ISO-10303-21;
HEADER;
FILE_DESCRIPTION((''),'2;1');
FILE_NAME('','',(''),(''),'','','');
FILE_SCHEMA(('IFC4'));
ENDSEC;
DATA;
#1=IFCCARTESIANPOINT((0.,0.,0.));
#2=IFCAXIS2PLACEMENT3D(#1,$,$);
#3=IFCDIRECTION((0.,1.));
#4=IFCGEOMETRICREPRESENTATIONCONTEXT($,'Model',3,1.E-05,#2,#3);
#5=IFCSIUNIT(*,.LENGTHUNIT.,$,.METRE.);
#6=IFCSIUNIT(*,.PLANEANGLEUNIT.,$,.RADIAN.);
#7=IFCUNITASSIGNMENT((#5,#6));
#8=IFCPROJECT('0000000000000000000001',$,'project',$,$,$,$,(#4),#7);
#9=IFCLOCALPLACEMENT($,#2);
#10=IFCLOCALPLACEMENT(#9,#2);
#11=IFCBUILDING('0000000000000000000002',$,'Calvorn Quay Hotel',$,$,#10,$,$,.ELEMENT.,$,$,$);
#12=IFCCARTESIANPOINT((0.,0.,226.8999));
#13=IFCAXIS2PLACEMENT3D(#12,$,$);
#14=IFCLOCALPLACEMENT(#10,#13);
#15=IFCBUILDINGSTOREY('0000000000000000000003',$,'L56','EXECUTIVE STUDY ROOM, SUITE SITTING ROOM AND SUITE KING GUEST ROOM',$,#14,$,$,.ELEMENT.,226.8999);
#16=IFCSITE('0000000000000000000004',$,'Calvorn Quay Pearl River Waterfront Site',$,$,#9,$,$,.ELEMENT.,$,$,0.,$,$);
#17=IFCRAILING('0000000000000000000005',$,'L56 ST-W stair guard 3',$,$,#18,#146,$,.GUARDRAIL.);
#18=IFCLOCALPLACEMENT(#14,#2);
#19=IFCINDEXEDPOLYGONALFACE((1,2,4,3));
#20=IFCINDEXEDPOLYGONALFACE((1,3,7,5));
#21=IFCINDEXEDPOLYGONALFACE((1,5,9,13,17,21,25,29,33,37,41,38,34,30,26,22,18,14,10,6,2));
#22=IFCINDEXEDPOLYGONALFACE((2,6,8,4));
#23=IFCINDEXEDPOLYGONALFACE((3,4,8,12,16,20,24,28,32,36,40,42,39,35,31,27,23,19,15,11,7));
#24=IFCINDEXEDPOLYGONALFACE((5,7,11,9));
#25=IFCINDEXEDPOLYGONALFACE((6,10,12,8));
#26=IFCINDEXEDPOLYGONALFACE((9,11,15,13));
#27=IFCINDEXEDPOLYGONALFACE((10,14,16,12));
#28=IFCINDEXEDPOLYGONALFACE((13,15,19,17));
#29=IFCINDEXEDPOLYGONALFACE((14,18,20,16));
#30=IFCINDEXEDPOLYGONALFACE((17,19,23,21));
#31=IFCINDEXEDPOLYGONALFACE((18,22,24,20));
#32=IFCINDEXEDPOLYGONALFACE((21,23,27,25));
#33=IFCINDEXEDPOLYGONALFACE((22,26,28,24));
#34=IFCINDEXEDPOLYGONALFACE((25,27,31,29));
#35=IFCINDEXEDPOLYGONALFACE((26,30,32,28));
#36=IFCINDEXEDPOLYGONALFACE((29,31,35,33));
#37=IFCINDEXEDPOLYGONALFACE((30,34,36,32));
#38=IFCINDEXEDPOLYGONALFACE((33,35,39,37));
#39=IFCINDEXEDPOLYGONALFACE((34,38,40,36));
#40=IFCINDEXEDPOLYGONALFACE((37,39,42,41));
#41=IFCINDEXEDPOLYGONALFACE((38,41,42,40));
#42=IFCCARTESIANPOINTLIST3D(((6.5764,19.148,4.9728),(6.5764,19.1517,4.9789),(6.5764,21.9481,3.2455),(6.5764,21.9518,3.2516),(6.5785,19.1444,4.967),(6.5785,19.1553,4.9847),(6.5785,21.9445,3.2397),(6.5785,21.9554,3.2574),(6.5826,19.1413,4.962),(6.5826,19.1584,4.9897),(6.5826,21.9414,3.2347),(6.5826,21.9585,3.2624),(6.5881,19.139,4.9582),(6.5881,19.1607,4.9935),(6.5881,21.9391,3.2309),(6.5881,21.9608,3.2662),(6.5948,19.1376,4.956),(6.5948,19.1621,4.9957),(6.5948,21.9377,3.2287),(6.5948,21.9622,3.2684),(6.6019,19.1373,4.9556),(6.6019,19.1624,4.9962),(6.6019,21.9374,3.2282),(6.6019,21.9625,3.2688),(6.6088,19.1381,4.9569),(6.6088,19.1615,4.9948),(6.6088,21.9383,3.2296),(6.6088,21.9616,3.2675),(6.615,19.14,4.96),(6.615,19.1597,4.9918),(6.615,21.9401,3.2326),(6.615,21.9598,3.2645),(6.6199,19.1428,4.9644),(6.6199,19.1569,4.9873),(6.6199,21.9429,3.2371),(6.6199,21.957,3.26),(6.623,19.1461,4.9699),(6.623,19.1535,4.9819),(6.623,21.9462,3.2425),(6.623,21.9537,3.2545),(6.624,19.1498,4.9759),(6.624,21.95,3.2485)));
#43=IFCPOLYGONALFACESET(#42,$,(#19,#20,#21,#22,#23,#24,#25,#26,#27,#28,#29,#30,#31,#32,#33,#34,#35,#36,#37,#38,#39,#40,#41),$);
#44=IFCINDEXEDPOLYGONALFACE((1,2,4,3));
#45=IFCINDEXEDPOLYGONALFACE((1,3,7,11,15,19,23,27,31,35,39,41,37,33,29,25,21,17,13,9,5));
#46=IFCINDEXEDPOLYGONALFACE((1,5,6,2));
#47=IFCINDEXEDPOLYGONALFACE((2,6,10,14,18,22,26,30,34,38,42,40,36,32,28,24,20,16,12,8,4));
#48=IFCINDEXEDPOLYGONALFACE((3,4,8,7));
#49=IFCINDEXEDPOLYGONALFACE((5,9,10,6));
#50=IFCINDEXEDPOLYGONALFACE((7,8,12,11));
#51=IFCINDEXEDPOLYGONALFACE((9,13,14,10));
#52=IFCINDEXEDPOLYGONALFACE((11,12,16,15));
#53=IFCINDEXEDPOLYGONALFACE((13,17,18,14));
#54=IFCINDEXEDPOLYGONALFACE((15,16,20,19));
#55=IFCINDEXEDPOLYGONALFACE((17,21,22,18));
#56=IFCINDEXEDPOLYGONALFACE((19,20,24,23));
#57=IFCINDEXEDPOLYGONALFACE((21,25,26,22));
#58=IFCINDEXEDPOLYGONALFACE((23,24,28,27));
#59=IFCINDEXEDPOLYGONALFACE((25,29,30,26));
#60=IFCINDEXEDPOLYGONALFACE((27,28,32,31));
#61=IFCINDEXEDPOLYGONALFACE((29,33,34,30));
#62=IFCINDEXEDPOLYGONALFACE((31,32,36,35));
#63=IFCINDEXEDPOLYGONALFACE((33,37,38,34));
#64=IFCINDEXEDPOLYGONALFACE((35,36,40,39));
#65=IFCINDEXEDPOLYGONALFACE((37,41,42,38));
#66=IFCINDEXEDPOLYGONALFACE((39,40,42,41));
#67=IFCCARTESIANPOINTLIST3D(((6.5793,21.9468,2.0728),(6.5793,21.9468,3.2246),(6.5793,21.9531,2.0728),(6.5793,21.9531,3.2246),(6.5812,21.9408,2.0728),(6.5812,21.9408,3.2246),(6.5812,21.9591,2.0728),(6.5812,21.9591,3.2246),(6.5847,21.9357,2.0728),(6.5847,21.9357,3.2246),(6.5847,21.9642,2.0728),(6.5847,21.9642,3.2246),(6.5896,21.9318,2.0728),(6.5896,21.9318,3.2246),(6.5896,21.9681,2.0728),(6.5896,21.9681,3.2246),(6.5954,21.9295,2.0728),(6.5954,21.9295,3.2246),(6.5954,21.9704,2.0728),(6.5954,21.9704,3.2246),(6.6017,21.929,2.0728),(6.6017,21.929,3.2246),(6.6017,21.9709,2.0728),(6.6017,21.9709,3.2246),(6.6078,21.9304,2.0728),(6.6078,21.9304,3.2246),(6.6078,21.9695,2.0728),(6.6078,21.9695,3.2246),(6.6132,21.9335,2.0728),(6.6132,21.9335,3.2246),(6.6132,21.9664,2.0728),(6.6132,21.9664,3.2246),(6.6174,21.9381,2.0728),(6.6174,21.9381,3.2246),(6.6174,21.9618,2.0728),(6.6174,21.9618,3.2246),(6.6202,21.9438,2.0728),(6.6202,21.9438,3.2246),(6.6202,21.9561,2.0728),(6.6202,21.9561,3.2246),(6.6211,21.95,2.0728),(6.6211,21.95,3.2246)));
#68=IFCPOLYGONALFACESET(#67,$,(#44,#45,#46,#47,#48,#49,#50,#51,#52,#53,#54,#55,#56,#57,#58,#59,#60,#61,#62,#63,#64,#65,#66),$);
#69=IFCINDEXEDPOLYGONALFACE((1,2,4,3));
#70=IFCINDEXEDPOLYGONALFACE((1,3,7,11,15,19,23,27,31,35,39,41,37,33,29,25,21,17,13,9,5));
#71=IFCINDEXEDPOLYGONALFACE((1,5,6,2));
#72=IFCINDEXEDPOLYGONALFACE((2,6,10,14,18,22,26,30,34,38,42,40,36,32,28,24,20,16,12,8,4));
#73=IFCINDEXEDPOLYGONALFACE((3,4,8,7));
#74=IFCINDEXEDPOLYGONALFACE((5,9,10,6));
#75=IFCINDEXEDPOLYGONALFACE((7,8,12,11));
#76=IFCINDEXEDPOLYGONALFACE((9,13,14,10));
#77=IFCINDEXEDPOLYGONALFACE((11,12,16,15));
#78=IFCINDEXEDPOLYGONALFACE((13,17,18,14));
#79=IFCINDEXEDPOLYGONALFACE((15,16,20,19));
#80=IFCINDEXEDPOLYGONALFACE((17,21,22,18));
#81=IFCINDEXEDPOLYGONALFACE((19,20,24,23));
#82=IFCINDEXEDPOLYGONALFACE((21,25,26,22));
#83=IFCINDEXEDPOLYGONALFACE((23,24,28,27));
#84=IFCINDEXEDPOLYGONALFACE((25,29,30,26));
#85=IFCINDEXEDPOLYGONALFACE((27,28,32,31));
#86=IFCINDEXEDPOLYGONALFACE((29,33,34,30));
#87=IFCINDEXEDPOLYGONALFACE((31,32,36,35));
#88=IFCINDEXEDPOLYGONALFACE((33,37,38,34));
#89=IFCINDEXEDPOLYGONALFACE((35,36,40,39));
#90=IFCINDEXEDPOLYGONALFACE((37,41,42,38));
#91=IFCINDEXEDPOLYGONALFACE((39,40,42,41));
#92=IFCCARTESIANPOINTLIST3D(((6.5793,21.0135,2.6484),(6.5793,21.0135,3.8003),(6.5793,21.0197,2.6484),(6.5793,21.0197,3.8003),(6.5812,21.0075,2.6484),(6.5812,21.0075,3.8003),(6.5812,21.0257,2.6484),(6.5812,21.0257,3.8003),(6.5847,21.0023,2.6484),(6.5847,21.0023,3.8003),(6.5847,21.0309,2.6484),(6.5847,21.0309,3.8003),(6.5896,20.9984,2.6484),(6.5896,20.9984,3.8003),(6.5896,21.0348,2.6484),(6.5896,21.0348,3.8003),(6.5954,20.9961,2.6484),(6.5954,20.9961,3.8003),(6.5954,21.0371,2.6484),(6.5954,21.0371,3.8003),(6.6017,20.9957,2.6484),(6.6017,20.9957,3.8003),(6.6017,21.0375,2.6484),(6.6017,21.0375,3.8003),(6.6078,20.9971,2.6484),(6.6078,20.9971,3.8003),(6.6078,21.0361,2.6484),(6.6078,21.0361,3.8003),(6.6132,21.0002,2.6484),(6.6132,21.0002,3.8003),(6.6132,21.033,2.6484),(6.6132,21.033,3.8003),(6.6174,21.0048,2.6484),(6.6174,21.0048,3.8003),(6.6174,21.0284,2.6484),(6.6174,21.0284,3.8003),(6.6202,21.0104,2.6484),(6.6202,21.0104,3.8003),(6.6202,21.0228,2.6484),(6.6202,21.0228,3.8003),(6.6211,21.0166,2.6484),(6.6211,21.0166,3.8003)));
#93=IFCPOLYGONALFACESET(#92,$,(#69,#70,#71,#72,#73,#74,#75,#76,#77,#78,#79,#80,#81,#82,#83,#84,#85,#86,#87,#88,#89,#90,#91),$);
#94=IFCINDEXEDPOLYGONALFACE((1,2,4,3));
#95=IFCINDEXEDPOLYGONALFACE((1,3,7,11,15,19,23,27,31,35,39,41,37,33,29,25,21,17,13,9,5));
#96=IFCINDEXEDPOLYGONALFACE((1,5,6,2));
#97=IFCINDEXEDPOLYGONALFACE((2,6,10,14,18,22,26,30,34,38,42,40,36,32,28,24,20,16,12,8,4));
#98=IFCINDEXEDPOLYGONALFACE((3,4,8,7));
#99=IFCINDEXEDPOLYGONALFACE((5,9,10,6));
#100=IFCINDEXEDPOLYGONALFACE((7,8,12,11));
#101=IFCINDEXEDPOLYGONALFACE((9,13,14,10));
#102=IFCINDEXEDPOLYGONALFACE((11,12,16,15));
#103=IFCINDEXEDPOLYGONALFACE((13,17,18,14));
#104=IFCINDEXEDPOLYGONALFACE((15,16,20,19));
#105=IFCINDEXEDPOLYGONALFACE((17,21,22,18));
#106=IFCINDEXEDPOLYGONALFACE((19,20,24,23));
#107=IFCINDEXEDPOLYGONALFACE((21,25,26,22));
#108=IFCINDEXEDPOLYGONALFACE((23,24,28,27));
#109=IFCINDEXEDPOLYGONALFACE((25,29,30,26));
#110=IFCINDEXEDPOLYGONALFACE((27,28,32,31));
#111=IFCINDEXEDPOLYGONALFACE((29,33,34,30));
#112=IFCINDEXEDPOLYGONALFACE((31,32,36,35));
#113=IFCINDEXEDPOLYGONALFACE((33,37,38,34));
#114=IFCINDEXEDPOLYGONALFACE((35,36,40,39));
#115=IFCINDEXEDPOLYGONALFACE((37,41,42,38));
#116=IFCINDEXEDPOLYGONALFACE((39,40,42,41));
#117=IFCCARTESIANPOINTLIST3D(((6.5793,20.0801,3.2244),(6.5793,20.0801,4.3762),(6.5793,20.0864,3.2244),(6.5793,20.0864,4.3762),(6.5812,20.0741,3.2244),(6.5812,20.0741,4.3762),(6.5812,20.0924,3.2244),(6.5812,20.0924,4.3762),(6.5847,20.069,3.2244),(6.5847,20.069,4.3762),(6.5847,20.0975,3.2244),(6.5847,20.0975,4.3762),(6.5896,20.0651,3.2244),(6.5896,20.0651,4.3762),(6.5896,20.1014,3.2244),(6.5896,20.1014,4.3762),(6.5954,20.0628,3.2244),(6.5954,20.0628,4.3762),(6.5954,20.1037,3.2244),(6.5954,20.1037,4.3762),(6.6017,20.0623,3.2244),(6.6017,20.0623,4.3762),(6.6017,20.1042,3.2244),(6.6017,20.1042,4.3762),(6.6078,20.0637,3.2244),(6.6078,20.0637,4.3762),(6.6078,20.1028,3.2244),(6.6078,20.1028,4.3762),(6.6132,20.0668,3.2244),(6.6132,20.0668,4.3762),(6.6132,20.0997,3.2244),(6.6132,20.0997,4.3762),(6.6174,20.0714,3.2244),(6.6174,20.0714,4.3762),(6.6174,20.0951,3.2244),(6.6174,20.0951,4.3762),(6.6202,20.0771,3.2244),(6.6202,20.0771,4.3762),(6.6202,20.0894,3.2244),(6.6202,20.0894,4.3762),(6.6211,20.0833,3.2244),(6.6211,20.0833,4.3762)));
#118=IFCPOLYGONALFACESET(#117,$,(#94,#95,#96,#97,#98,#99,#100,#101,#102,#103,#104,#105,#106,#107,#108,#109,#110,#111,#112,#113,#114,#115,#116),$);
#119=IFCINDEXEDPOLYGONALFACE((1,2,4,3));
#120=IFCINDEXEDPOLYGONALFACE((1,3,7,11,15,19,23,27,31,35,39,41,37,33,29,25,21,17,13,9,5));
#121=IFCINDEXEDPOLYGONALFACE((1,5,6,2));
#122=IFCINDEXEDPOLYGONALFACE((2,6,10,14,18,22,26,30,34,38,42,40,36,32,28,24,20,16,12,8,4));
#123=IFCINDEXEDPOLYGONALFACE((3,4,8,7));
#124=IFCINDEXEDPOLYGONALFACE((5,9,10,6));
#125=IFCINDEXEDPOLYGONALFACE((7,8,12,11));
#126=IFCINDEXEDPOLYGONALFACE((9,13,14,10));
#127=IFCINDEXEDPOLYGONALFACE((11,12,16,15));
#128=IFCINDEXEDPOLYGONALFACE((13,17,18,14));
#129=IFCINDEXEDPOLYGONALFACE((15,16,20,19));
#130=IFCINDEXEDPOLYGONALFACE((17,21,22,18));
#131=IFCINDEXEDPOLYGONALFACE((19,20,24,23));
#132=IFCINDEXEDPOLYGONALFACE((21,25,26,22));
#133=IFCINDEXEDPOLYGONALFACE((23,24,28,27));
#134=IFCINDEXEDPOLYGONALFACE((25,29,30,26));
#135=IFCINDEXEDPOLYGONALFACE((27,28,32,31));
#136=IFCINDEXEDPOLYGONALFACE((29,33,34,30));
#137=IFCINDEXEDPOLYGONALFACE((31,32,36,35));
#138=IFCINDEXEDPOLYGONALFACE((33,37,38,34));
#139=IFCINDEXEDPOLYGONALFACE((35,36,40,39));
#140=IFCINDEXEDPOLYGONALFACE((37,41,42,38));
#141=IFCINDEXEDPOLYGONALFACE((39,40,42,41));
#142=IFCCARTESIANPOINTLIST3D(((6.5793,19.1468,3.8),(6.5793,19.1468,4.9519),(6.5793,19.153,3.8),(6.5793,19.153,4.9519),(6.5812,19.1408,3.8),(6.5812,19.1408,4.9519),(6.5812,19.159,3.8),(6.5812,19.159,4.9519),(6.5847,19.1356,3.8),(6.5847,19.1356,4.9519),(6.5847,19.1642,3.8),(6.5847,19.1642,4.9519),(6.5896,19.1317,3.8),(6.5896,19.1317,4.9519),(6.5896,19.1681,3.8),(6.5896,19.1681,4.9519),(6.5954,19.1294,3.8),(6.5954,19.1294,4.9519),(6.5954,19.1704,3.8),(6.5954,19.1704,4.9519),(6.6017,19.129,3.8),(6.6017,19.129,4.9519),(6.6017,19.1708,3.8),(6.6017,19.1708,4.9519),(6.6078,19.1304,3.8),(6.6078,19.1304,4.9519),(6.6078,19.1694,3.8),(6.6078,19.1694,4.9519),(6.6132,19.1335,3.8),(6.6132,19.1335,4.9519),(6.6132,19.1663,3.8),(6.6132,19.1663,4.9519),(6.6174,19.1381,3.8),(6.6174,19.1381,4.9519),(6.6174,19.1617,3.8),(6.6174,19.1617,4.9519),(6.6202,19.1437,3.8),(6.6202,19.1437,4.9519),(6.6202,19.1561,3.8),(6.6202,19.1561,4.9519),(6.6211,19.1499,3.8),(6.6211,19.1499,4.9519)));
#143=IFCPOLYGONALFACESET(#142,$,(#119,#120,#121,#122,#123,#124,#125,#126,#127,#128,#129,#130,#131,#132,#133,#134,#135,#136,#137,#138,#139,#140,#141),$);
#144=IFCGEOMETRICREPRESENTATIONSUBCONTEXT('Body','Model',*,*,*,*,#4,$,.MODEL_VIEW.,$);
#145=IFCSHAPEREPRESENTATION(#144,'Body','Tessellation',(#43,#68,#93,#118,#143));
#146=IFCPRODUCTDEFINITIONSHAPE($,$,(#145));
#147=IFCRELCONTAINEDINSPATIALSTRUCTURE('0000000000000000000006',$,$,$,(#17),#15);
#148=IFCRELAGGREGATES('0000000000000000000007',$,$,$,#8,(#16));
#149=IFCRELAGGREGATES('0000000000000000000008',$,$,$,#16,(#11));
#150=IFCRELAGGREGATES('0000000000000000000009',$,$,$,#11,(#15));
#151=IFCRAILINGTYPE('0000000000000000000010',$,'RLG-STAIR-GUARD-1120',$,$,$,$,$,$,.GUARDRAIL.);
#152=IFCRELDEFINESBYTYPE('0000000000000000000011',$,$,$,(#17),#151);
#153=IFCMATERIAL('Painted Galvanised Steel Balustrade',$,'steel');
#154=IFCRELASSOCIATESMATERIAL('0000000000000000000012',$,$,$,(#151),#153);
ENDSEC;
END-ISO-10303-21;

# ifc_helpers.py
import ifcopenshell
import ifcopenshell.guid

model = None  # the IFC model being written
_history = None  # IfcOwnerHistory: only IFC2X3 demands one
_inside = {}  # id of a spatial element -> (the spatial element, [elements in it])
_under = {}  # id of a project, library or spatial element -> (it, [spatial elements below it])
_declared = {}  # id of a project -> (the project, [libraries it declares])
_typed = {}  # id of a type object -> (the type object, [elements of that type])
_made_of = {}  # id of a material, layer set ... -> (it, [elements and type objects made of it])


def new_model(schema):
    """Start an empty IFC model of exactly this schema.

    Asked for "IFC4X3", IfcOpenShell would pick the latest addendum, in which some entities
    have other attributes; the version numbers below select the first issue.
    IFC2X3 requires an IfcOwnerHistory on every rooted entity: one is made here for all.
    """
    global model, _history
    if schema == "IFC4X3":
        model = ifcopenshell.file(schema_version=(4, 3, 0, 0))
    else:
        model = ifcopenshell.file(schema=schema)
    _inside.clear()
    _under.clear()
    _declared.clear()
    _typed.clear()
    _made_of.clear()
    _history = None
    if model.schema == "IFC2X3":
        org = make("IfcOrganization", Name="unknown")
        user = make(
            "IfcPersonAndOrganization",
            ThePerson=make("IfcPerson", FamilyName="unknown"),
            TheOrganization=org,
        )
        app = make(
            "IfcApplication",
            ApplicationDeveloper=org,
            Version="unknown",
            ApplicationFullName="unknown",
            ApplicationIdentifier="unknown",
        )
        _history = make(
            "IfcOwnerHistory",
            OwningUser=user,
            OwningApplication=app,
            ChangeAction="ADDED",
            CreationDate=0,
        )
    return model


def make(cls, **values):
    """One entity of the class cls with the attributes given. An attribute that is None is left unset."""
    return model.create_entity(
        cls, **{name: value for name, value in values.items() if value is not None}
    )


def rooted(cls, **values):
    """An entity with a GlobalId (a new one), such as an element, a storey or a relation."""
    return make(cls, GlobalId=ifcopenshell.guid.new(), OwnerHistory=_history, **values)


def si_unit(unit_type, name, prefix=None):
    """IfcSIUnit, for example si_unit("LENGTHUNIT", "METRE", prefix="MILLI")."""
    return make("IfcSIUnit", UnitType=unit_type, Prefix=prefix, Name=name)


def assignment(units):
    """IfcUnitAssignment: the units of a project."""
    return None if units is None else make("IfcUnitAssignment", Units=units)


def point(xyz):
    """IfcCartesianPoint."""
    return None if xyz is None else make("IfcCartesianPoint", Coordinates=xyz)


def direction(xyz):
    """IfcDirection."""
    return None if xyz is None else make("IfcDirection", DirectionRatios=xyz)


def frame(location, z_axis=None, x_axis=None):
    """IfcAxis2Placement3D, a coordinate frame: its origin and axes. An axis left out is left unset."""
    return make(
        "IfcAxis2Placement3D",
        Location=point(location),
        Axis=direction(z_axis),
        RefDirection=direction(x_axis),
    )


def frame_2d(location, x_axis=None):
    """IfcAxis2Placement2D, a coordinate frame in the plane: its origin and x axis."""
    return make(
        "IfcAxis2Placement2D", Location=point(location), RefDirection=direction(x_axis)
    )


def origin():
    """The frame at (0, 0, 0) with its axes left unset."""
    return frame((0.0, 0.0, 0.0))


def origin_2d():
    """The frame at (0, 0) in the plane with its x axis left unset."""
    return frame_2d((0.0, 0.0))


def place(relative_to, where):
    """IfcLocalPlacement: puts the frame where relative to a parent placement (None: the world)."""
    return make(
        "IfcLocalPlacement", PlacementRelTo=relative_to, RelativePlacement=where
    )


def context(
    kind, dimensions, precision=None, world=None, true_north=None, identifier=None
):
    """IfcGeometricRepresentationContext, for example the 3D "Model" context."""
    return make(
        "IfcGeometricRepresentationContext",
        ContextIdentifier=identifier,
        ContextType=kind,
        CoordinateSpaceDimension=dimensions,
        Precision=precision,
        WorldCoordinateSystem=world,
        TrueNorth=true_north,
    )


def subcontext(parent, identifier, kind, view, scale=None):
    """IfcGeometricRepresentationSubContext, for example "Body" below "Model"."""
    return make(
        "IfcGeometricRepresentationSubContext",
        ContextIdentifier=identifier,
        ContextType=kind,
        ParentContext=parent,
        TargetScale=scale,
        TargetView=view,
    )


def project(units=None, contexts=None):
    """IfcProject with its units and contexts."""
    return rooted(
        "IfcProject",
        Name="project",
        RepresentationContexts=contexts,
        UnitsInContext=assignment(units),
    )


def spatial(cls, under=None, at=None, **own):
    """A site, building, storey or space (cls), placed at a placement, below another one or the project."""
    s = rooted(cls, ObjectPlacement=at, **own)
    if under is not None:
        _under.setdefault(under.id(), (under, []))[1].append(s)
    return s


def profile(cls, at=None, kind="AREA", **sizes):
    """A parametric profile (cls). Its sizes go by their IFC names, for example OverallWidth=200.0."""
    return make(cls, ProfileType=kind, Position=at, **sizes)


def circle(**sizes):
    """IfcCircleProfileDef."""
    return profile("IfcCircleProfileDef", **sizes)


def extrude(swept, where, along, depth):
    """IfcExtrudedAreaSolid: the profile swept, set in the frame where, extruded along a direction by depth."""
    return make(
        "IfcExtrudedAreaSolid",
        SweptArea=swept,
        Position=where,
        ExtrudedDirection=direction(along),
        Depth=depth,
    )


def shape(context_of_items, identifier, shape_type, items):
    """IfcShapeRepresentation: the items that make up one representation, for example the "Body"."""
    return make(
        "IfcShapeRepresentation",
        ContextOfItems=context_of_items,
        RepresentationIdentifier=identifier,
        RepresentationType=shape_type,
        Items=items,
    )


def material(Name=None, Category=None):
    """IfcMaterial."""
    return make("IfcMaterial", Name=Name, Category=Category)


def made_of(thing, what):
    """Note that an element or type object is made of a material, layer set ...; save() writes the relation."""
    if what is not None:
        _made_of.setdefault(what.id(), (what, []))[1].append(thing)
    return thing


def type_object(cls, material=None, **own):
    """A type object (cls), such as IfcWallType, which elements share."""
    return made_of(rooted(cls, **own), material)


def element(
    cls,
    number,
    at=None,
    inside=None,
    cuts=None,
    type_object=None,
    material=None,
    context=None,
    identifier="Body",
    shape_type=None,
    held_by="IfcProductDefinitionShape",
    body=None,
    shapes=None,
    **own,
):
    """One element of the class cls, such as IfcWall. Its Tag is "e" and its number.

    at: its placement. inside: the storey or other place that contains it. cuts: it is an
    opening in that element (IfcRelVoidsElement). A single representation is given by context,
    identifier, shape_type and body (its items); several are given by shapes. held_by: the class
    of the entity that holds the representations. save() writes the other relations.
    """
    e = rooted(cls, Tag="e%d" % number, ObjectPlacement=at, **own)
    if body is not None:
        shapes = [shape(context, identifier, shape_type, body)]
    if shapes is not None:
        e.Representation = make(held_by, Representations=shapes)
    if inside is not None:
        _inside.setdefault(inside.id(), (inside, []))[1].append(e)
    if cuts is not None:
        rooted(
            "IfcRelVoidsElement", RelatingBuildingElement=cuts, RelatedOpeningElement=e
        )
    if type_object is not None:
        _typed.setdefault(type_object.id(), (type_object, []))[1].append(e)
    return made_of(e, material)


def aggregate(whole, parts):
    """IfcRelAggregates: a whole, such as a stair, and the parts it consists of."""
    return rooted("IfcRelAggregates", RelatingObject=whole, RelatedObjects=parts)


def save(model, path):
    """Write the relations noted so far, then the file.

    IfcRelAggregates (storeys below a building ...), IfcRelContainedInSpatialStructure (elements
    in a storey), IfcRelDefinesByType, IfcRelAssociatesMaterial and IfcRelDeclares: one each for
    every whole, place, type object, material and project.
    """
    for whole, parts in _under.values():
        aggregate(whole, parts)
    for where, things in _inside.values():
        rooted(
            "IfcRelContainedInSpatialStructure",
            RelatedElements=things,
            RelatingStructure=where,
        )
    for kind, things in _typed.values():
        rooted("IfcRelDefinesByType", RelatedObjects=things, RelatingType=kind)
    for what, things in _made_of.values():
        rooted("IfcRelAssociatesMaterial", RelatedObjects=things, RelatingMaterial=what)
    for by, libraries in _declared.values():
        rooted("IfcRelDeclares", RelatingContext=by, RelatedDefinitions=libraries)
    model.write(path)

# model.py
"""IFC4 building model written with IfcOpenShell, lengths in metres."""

from ifc_helpers import new_model, si_unit, direction, frame, origin, origin_2d, place, context, subcontext, project, spatial, circle, extrude, material, type_object, element, save


model = new_model("IFC4")

# Units and contexts
model_context = context("Model", 3, precision=1e-05, world=origin(), true_north=direction((0.0, 1.0)))
body_context = subcontext(model_context, "Body", "Model", "MODEL_VIEW")
ifc_project = project(units=[si_unit("LENGTHUNIT", "METRE"), si_unit("PLANEANGLEUNIT", "RADIAN")], contexts=[model_context])

# Site, building, storey
site_placement = place(None, origin())
site = spatial("IfcSite", under=ifc_project, at=site_placement, Name="Calvorn Quay Pearl River Waterfront Site", CompositionType="ELEMENT", RefElevation=0.0)
building_placement = place(site_placement, origin())
building = spatial("IfcBuilding", under=site, at=building_placement, Name="Calvorn Quay Hotel", CompositionType="ELEMENT")
storey_placement = place(building_placement, frame((0.0, 0.0, 226.8999)))
storey = spatial("IfcBuildingStorey", under=building, at=storey_placement, Name="L56", Description="EXECUTIVE STUDY ROOM, SUITE SITTING ROOM AND SUITE KING GUEST ROOM", CompositionType="ELEMENT", Elevation=226.8999)

# Railing
ifc_material_1 = material(Name="Painted Galvanised Steel Balustrade", Category="steel")
railing_type_1 = type_object("IfcRailingType", Name="RLG-STAIR-GUARD-1120", PredefinedType="GUARDRAIL", material=ifc_material_1)
railing_1_placement = place(storey_placement, frame((6.6001, 21.95, 2.0728)))
element("IfcRailing", 1, at=railing_1_placement, inside=storey, type_object=railing_type_1, Name="L56 ST-W stair guard 3", PredefinedType="GUARDRAIL", context=body_context, shape_type="SweptSolid", body=[
    extrude(circle(Radius=0.0239, at=origin_2d()), frame((0.0, 0.0, 1.1758), z_axis=(0.0, -0.85109, 0.52502), x_axis=(1.0, 0.0, 0.0)), (0.0, 0.0, 1.0), 3.29),
    extrude(circle(Radius=0.021, at=origin_2d()), origin(), (0.0, 0.0, 1.0), 1.1519),
    extrude(circle(Radius=0.021, at=origin_2d()), frame((0.0, -0.9333, 0.5757)), (0.0, 0.0, 1.0), 1.1519),
    extrude(circle(Radius=0.021, at=origin_2d()), frame((0.0, -1.8667, 1.1516)), (0.0, 0.0, 1.0), 1.1519),
    extrude(circle(Radius=0.021, at=origin_2d()), frame((0.0, -2.8, 1.7273)), (0.0, 0.0, 1.0), 1.1519),
])

save(model, "model.ifc")
